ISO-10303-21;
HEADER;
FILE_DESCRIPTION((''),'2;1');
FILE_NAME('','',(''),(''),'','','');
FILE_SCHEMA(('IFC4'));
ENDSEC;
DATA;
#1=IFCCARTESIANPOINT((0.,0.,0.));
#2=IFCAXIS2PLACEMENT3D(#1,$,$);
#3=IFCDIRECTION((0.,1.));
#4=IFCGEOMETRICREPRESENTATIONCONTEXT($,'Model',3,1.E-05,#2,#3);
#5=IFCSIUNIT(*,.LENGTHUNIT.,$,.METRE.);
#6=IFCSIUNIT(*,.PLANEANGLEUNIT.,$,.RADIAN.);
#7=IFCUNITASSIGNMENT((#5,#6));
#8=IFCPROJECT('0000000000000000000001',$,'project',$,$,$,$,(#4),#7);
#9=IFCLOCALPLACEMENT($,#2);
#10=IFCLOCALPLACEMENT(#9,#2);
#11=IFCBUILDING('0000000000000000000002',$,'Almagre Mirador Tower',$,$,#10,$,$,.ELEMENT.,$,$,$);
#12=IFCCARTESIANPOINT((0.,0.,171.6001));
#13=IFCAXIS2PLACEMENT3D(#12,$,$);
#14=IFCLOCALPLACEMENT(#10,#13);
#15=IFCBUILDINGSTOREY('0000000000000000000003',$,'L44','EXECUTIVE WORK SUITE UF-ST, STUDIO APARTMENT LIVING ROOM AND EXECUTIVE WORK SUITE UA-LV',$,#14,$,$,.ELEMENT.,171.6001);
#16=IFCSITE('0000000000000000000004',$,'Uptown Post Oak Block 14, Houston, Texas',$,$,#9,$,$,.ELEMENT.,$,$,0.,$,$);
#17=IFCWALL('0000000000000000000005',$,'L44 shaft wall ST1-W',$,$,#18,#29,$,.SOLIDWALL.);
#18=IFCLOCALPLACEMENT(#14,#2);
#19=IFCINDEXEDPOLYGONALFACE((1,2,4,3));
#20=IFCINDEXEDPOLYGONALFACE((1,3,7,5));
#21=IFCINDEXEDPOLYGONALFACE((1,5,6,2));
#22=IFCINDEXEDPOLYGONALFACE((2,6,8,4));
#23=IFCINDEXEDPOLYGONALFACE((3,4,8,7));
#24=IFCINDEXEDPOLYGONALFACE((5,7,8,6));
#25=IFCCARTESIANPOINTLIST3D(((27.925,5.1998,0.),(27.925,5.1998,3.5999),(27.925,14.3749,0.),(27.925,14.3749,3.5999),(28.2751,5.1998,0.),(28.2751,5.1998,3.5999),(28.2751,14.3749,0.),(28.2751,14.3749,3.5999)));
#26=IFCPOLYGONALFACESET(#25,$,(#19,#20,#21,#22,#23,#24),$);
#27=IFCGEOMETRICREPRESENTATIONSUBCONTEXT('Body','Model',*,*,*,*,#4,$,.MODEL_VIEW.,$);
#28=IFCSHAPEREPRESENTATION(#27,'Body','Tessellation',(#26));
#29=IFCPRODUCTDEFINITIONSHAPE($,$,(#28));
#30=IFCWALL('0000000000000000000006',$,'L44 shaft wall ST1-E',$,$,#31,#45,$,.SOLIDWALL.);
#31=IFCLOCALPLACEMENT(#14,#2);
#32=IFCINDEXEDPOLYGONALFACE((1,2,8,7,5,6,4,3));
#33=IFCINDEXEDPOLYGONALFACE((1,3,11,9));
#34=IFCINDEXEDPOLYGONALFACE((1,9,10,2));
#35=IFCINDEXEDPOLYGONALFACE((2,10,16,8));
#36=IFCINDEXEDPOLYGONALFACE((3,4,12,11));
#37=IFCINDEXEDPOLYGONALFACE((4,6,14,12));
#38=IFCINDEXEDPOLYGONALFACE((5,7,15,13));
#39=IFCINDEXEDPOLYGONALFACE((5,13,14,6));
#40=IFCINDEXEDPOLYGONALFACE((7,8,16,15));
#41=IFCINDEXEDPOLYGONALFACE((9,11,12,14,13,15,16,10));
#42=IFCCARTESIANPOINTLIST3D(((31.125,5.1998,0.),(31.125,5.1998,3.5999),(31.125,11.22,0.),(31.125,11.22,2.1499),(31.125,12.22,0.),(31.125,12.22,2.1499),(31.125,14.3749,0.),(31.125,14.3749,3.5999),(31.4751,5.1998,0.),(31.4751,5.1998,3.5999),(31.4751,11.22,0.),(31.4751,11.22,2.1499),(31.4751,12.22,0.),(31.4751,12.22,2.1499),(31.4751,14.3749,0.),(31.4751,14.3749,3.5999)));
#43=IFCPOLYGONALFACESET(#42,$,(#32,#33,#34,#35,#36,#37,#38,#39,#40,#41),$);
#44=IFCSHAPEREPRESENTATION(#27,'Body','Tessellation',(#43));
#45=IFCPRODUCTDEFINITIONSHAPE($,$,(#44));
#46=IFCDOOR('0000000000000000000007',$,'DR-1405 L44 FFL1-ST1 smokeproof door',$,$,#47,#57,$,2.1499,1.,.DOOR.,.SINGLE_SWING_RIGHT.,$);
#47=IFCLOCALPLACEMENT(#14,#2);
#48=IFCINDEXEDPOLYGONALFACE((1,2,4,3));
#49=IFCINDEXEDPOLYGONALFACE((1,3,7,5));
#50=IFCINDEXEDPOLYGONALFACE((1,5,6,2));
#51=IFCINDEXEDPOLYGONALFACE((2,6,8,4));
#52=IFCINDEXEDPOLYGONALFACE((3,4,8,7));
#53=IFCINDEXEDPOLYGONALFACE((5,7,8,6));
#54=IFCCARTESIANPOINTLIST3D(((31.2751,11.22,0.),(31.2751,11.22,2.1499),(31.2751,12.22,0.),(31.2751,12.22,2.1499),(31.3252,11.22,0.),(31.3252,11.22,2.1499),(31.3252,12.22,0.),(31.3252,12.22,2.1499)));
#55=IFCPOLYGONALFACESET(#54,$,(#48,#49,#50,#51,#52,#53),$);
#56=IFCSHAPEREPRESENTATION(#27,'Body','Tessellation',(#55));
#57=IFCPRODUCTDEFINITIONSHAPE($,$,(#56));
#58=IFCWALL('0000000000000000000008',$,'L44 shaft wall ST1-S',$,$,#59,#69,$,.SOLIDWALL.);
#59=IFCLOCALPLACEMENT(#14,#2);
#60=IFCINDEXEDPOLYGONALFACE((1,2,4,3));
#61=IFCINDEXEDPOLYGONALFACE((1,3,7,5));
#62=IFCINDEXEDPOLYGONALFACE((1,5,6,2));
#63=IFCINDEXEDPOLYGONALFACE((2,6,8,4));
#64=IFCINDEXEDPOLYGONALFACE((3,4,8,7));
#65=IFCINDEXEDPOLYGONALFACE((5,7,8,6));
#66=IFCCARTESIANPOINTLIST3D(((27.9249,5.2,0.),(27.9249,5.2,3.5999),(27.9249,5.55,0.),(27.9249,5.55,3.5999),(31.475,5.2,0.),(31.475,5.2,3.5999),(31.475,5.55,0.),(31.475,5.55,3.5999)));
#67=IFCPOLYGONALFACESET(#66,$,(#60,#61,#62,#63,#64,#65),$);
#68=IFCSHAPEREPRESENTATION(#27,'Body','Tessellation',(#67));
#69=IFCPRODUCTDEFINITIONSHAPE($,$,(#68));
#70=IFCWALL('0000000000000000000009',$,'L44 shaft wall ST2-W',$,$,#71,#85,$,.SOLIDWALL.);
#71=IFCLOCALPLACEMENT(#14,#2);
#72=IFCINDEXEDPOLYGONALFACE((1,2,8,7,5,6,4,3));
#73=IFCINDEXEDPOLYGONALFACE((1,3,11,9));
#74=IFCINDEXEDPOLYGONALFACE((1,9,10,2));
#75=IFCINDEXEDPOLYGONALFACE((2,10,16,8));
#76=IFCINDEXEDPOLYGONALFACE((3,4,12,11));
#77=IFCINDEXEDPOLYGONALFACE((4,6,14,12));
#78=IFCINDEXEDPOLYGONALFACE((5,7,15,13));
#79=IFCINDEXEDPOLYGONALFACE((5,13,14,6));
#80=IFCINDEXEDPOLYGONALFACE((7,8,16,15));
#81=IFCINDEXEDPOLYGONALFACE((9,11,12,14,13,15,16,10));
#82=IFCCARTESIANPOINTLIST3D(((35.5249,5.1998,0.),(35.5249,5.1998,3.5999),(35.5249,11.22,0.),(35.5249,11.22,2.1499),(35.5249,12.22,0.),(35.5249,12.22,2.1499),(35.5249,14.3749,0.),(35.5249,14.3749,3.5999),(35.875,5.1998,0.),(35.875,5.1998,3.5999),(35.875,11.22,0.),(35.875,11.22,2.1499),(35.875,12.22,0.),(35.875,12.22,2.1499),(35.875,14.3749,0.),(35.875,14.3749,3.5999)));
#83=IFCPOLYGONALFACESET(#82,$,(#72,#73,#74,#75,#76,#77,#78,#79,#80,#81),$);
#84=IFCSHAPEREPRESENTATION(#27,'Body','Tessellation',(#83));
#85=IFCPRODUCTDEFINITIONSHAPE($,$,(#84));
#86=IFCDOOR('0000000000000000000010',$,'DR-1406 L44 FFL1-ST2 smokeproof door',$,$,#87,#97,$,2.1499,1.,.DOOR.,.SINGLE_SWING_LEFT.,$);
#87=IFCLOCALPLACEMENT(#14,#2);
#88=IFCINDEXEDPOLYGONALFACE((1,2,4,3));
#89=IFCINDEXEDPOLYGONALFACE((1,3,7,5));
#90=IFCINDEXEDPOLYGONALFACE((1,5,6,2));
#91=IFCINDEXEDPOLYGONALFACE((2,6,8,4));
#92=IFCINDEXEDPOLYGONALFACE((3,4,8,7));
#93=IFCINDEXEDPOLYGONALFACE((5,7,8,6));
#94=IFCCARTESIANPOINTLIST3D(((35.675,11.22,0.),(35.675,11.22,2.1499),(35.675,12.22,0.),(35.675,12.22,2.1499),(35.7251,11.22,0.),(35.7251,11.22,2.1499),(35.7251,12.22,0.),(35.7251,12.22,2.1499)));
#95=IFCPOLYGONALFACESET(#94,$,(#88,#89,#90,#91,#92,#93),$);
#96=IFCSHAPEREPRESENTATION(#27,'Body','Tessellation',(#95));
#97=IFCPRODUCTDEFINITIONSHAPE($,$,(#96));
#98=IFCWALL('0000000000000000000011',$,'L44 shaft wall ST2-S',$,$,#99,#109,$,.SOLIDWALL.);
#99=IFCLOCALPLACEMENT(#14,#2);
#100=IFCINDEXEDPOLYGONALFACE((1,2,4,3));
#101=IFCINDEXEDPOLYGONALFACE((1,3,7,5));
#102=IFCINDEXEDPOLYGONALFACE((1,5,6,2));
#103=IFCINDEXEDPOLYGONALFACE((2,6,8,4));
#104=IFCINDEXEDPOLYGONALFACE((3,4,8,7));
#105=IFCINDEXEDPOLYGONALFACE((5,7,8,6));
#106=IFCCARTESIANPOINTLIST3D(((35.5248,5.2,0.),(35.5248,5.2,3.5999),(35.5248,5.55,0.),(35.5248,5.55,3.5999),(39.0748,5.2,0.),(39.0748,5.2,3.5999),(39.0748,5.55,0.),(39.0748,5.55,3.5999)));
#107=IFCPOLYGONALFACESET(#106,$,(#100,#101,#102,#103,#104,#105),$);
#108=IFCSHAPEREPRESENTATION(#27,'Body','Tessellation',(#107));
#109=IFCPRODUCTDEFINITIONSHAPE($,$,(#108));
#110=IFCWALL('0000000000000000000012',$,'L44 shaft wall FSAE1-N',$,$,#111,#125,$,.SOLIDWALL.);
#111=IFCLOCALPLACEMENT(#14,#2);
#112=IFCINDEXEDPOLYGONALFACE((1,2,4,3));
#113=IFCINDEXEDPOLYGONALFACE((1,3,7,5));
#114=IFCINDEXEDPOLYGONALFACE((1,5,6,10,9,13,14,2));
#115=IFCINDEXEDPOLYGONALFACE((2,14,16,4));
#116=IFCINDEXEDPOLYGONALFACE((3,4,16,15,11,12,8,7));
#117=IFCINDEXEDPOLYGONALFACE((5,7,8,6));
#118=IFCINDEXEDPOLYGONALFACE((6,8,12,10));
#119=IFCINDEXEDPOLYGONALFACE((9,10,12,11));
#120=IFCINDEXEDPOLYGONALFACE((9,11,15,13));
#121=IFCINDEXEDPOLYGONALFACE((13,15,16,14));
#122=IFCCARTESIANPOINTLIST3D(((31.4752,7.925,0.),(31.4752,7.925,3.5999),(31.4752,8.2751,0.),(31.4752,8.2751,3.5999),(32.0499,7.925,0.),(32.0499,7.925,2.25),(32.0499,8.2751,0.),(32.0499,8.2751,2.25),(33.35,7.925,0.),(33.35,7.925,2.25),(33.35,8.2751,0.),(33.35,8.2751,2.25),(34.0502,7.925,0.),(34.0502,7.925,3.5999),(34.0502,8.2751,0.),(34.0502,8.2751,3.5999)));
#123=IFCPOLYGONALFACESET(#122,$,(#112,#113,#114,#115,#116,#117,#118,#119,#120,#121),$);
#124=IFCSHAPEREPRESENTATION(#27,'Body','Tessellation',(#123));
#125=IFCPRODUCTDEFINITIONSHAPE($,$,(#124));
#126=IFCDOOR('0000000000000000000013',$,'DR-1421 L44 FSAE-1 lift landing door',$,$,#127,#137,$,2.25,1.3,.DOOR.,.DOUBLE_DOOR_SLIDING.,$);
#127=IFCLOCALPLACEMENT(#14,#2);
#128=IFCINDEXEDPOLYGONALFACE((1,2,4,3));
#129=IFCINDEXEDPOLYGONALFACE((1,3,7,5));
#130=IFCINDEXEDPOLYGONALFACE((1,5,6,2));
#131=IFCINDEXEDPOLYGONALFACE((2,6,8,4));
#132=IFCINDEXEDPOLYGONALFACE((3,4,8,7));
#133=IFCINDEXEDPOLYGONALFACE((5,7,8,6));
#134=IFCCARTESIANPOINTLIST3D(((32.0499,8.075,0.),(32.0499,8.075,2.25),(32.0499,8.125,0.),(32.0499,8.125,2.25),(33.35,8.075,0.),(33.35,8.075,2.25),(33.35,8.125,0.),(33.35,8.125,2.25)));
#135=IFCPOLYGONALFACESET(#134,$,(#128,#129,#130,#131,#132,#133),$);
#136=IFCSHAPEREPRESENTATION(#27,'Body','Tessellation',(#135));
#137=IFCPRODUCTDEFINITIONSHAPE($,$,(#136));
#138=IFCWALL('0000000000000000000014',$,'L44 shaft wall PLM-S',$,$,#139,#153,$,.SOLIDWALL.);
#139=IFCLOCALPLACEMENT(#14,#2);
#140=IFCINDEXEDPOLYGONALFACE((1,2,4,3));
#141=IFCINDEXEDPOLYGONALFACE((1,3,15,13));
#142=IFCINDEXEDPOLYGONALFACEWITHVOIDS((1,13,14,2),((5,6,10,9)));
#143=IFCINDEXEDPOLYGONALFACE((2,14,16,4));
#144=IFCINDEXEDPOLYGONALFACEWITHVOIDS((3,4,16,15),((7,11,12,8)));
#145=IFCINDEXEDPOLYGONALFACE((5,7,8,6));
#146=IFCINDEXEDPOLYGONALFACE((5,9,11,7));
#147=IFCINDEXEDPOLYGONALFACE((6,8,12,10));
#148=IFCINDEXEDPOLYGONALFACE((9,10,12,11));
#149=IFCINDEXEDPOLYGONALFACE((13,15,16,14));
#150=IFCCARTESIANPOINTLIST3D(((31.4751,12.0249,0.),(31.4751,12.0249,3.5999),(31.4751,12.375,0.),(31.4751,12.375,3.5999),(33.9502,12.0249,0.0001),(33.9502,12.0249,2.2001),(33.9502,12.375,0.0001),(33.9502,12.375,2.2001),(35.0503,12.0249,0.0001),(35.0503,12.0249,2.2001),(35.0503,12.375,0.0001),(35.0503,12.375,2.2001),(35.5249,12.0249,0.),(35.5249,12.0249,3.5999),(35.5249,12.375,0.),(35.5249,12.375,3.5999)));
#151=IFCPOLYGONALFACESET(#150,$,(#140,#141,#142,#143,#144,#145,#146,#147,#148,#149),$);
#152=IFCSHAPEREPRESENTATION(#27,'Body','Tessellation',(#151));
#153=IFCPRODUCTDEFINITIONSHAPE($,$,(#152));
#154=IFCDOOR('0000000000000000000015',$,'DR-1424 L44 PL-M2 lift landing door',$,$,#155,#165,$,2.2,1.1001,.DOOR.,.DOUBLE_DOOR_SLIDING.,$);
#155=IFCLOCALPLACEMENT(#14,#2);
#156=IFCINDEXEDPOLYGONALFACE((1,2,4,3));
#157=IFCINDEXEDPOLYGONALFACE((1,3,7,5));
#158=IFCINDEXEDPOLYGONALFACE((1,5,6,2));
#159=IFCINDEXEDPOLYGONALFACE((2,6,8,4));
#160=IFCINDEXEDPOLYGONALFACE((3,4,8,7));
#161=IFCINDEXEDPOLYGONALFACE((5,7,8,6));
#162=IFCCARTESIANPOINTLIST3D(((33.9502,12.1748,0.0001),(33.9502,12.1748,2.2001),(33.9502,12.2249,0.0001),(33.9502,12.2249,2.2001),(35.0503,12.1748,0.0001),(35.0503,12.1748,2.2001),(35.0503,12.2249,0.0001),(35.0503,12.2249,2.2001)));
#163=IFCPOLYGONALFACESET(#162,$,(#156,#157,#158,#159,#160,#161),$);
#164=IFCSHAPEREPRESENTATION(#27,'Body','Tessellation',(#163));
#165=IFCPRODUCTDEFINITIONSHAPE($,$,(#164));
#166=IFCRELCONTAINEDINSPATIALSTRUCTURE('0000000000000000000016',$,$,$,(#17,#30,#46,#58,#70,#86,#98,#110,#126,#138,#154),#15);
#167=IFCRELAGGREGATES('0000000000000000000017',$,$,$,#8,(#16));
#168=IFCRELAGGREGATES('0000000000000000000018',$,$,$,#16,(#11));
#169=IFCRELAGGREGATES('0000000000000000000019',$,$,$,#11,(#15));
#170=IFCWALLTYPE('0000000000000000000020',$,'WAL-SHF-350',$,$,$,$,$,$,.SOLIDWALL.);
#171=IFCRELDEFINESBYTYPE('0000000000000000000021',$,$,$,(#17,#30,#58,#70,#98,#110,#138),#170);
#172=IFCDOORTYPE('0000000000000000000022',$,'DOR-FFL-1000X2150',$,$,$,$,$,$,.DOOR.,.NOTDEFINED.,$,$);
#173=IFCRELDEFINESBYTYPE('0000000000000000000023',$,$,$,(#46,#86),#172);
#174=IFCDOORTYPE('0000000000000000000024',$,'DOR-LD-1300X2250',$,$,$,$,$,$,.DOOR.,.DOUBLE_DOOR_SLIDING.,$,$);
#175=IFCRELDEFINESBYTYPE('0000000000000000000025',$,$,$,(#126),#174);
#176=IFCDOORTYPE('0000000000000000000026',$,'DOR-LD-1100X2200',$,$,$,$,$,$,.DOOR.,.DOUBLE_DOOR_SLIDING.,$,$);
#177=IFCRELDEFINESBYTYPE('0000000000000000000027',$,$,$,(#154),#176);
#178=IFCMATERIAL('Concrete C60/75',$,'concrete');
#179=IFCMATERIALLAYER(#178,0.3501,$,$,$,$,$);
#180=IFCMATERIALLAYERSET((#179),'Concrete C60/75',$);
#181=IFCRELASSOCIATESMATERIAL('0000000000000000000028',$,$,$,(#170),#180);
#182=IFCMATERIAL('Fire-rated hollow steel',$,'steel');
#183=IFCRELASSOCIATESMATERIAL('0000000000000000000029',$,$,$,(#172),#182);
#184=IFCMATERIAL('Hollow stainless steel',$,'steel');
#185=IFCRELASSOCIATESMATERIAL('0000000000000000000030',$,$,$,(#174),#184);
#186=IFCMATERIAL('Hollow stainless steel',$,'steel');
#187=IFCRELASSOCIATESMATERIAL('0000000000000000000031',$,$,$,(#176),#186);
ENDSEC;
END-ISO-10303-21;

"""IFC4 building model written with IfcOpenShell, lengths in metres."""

from ifc_helpers import new_model, si_unit, direction, frame, frame_2d, origin, place, context, subcontext, project, spatial, rectangle, extrude, material, layer, layer_set, type_object, element, fill, save


model = new_model("IFC4")

# Units and contexts
model_context = context("Model", 3, precision=1e-05, world=origin(), true_north=direction((0.0, 1.0)))
body_context = subcontext(model_context, "Body", "Model", "MODEL_VIEW")
ifc_project = project(units=[si_unit("LENGTHUNIT", "METRE"), si_unit("PLANEANGLEUNIT", "RADIAN")], contexts=[model_context])

# Site, building, storey
site_placement = place(None, origin())
site = spatial("IfcSite", under=ifc_project, at=site_placement, Name="Uptown Post Oak Block 14, Houston, Texas", CompositionType="ELEMENT", RefElevation=0.0)
building_placement = place(site_placement, origin())
building = spatial("IfcBuilding", under=site, at=building_placement, Name="Almagre Mirador Tower", CompositionType="ELEMENT")
storey_placement = place(building_placement, frame((0.0, 0.0, 171.6001)))
storey = spatial("IfcBuildingStorey", under=building, at=storey_placement, Name="L44", Description="EXECUTIVE WORK SUITE UF-ST, STUDIO APARTMENT LIVING ROOM AND EXECUTIVE WORK SUITE UA-LV", CompositionType="ELEMENT", Elevation=171.6001)

# Wall
ifc_material_1 = material(Name="Concrete C60/75", Category="concrete")
ifc_layer = layer(ifc_material_1, 0.3501)
ifc_layer_set = layer_set([ifc_layer], Name="Concrete C60/75")
wall_type = type_object("IfcWallType", Name="WAL-SHF-350", PredefinedType="SOLIDWALL", material=ifc_layer_set)
wall_1_placement = place(storey_placement, frame((28.1001, 5.2, 0.0), z_axis=(0.0, 0.0, 1.0), x_axis=(0.0, 1.0, 0.0)))
element("IfcWall", 1, at=wall_1_placement, inside=storey, type_object=wall_type, Name="L44 shaft wall ST1-W", PredefinedType="SOLIDWALL", context=body_context, shape_type="SweptSolid", body=[
    extrude(rectangle(XDim=9.175, YDim=0.3501, at=frame_2d((4.5874, 0.0))), origin(), (0.0, 0.0, 1.0), 3.5999),
])

# Wall, opening, door
wall_2_placement = place(storey_placement, frame((31.3, 5.2, 0.0), z_axis=(0.0, 0.0, 1.0), x_axis=(0.0, 1.0, 0.0)))
wall_2 = element("IfcWall", 2, at=wall_2_placement, inside=storey, type_object=wall_type, Name="L44 shaft wall ST1-E", PredefinedType="SOLIDWALL", context=body_context, shape_type="SweptSolid", body=[
    extrude(rectangle(XDim=9.175, YDim=0.3501, at=frame_2d((4.5874, 0.0))), origin(), (0.0, 0.0, 1.0), 3.5999),
])
opening_1_placement = place(wall_2_placement, frame((6.02, 0.0, 0.0)))
opening_1 = element("IfcOpeningElement", 3, at=opening_1_placement, cuts=wall_2, PredefinedType="OPENING", context=body_context, shape_type="SweptSolid", body=[
    extrude(rectangle(XDim=1.0, YDim=2.1499, at=frame_2d((0.5, 1.075))), frame((0.0, 0.185, 0.0), z_axis=(0.0, -1.0, 0.0), x_axis=(1.0, 0.0, 0.0)), (0.0, 0.0, 1.0), 0.3701),
])
ifc_material_2 = material(Name="Fire-rated hollow steel", Category="steel")
door_type_1 = type_object("IfcDoorType", Name="DOR-FFL-1000X2150", OperationType="NOTDEFINED", PredefinedType="DOOR", material=ifc_material_2)
door_1_placement = place(opening_1_placement, origin())
door_1 = element("IfcDoor", 4, at=door_1_placement, inside=storey, type_object=door_type_1, Name="DR-1405 L44 FFL1-ST1 smokeproof door", OperationType="SINGLE_SWING_RIGHT", OverallHeight=2.1499, OverallWidth=1.0, PredefinedType="DOOR", context=body_context, shape_type="SweptSolid", body=[
    extrude(rectangle(XDim=1.0, YDim=2.1499, at=frame_2d((0.5, 1.075))), frame((0.0, 0.0249, 0.0), z_axis=(0.0, -1.0, 0.0), x_axis=(1.0, 0.0, 0.0)), (0.0, 0.0, 1.0), 0.05),
])
fill(opening_1, door_1)

# Wall
wall_3_placement = place(storey_placement, frame((27.925, 5.375, 0.0), z_axis=(0.0, 0.0, 1.0), x_axis=(1.0, 0.0, 0.0)))
element("IfcWall", 5, at=wall_3_placement, inside=storey, type_object=wall_type, Name="L44 shaft wall ST1-S", PredefinedType="SOLIDWALL", context=body_context, shape_type="SweptSolid", body=[
    extrude(rectangle(XDim=3.55, YDim=0.3501, at=frame_2d((1.7749, 0.0))), origin(), (0.0, 0.0, 1.0), 3.5999),
])

# Wall, opening, door
wall_4_placement = place(storey_placement, frame((35.7, 5.2, 0.0), z_axis=(0.0, 0.0, 1.0), x_axis=(0.0, 1.0, 0.0)))
wall_4 = element("IfcWall", 6, at=wall_4_placement, inside=storey, type_object=wall_type, Name="L44 shaft wall ST2-W", PredefinedType="SOLIDWALL", context=body_context, shape_type="SweptSolid", body=[
    extrude(rectangle(XDim=9.175, YDim=0.3501, at=frame_2d((4.5874, 0.0))), origin(), (0.0, 0.0, 1.0), 3.5999),
])
opening_2_placement = place(wall_4_placement, frame((6.02, 0.0, 0.0)))
opening_2 = element("IfcOpeningElement", 7, at=opening_2_placement, cuts=wall_4, PredefinedType="OPENING", context=body_context, shape_type="SweptSolid", body=[
    extrude(rectangle(XDim=1.0, YDim=2.1499, at=frame_2d((0.5, 1.075))), frame((0.0, 0.185, 0.0), z_axis=(0.0, -1.0, 0.0), x_axis=(1.0, 0.0, 0.0)), (0.0, 0.0, 1.0), 0.3701),
])
door_2_placement = place(opening_2_placement, origin())
door_2 = element("IfcDoor", 8, at=door_2_placement, inside=storey, type_object=door_type_1, Name="DR-1406 L44 FFL1-ST2 smokeproof door", OperationType="SINGLE_SWING_LEFT", OverallHeight=2.1499, OverallWidth=1.0, PredefinedType="DOOR", context=body_context, shape_type="SweptSolid", body=[
    extrude(rectangle(XDim=1.0, YDim=2.1499, at=frame_2d((0.5, 1.075))), frame((0.0, 0.0249, 0.0), z_axis=(0.0, -1.0, 0.0), x_axis=(1.0, 0.0, 0.0)), (0.0, 0.0, 1.0), 0.05),
])
fill(opening_2, door_2)

# Wall
wall_5_placement = place(storey_placement, frame((35.5249, 5.375, 0.0), z_axis=(0.0, 0.0, 1.0), x_axis=(1.0, 0.0, 0.0)))
element("IfcWall", 9, at=wall_5_placement, inside=storey, type_object=wall_type, Name="L44 shaft wall ST2-S", PredefinedType="SOLIDWALL", context=body_context, shape_type="SweptSolid", body=[
    extrude(rectangle(XDim=3.55, YDim=0.3501, at=frame_2d((1.7749, 0.0))), origin(), (0.0, 0.0, 1.0), 3.5999),
])

# Walls, openings, doors
wall_6_placement = place(storey_placement, frame((31.4751, 8.1001, 0.0), z_axis=(0.0, 0.0, 1.0), x_axis=(1.0, 0.0, 0.0)))
wall_6 = element("IfcWall", 10, at=wall_6_placement, inside=storey, type_object=wall_type, Name="L44 shaft wall FSAE1-N", PredefinedType="SOLIDWALL", context=body_context, shape_type="SweptSolid", body=[
    extrude(rectangle(XDim=2.575, YDim=0.3501, at=frame_2d((1.2876, 0.0))), origin(), (0.0, 0.0, 1.0), 3.5999),
])
opening_3_placement = place(wall_6_placement, frame((0.575, 0.0, 0.0)))
opening_3 = element("IfcOpeningElement", 11, at=opening_3_placement, cuts=wall_6, PredefinedType="OPENING", context=body_context, shape_type="SweptSolid", body=[
    extrude(rectangle(XDim=1.3, YDim=2.25, at=frame_2d((0.6499, 1.125))), frame((0.0, 0.185, 0.0), z_axis=(0.0, -1.0, 0.0), x_axis=(1.0, 0.0, 0.0)), (0.0, 0.0, 1.0), 0.3701),
])
ifc_material_3 = material(Name="Hollow stainless steel", Category="steel")
door_type_2 = type_object("IfcDoorType", Name="DOR-LD-1300X2250", OperationType="DOUBLE_DOOR_SLIDING", PredefinedType="DOOR", material=ifc_material_3)
door_3_placement = place(opening_3_placement, origin())
door_3 = element("IfcDoor", 12, at=door_3_placement, inside=storey, type_object=door_type_2, Name="DR-1421 L44 FSAE-1 lift landing door", OperationType="DOUBLE_DOOR_SLIDING", OverallHeight=2.25, OverallWidth=1.3, PredefinedType="DOOR", context=body_context, shape_type="SweptSolid", body=[
    extrude(rectangle(XDim=1.3, YDim=2.25, at=frame_2d((0.6499, 1.125))), frame((0.0, 0.0249, 0.0), z_axis=(0.0, -1.0, 0.0), x_axis=(1.0, 0.0, 0.0)), (0.0, 0.0, 1.0), 0.05),
])
fill(opening_3, door_3)
wall_7_placement = place(storey_placement, frame((31.4751, 12.2, 0.0), z_axis=(0.0, 0.0, 1.0), x_axis=(1.0, 0.0, 0.0)))
wall_7 = element("IfcWall", 13, at=wall_7_placement, inside=storey, type_object=wall_type, Name="L44 shaft wall PLM-S", PredefinedType="SOLIDWALL", context=body_context, shape_type="SweptSolid", body=[
    extrude(rectangle(XDim=4.0498, YDim=0.3501, at=frame_2d((2.0249, 0.0))), origin(), (0.0, 0.0, 1.0), 3.5999),
])
opening_4_placement = place(wall_7_placement, frame((2.4751, 0.0, 0.0)))
opening_4 = element("IfcOpeningElement", 14, at=opening_4_placement, cuts=wall_7, PredefinedType="OPENING", context=body_context, shape_type="SweptSolid", body=[
    extrude(rectangle(XDim=1.1001, YDim=2.2, at=frame_2d((0.55, 1.1001))), frame((0.0, 0.185, 0.0), z_axis=(0.0, -1.0, 0.0), x_axis=(1.0, 0.0, 0.0)), (0.0, 0.0, 1.0), 0.3701),
])
ifc_material_4 = material(Name="Hollow stainless steel", Category="steel")
door_type_3 = type_object("IfcDoorType", Name="DOR-LD-1100X2200", OperationType="DOUBLE_DOOR_SLIDING", PredefinedType="DOOR", material=ifc_material_4)
door_4_placement = place(opening_4_placement, origin())
door_4 = element("IfcDoor", 15, at=door_4_placement, inside=storey, type_object=door_type_3, Name="DR-1424 L44 PL-M2 lift landing door", OperationType="DOUBLE_DOOR_SLIDING", OverallHeight=2.2, OverallWidth=1.1001, PredefinedType="DOOR", context=body_context, shape_type="SweptSolid", body=[
    extrude(rectangle(XDim=1.1001, YDim=2.2, at=frame_2d((0.55, 1.1001))), frame((0.0, 0.0249, 0.0), z_axis=(0.0, -1.0, 0.0), x_axis=(1.0, 0.0, 0.0)), (0.0, 0.0, 1.0), 0.05),
])
fill(opening_4, door_4)

save(model, "model.ifc")
